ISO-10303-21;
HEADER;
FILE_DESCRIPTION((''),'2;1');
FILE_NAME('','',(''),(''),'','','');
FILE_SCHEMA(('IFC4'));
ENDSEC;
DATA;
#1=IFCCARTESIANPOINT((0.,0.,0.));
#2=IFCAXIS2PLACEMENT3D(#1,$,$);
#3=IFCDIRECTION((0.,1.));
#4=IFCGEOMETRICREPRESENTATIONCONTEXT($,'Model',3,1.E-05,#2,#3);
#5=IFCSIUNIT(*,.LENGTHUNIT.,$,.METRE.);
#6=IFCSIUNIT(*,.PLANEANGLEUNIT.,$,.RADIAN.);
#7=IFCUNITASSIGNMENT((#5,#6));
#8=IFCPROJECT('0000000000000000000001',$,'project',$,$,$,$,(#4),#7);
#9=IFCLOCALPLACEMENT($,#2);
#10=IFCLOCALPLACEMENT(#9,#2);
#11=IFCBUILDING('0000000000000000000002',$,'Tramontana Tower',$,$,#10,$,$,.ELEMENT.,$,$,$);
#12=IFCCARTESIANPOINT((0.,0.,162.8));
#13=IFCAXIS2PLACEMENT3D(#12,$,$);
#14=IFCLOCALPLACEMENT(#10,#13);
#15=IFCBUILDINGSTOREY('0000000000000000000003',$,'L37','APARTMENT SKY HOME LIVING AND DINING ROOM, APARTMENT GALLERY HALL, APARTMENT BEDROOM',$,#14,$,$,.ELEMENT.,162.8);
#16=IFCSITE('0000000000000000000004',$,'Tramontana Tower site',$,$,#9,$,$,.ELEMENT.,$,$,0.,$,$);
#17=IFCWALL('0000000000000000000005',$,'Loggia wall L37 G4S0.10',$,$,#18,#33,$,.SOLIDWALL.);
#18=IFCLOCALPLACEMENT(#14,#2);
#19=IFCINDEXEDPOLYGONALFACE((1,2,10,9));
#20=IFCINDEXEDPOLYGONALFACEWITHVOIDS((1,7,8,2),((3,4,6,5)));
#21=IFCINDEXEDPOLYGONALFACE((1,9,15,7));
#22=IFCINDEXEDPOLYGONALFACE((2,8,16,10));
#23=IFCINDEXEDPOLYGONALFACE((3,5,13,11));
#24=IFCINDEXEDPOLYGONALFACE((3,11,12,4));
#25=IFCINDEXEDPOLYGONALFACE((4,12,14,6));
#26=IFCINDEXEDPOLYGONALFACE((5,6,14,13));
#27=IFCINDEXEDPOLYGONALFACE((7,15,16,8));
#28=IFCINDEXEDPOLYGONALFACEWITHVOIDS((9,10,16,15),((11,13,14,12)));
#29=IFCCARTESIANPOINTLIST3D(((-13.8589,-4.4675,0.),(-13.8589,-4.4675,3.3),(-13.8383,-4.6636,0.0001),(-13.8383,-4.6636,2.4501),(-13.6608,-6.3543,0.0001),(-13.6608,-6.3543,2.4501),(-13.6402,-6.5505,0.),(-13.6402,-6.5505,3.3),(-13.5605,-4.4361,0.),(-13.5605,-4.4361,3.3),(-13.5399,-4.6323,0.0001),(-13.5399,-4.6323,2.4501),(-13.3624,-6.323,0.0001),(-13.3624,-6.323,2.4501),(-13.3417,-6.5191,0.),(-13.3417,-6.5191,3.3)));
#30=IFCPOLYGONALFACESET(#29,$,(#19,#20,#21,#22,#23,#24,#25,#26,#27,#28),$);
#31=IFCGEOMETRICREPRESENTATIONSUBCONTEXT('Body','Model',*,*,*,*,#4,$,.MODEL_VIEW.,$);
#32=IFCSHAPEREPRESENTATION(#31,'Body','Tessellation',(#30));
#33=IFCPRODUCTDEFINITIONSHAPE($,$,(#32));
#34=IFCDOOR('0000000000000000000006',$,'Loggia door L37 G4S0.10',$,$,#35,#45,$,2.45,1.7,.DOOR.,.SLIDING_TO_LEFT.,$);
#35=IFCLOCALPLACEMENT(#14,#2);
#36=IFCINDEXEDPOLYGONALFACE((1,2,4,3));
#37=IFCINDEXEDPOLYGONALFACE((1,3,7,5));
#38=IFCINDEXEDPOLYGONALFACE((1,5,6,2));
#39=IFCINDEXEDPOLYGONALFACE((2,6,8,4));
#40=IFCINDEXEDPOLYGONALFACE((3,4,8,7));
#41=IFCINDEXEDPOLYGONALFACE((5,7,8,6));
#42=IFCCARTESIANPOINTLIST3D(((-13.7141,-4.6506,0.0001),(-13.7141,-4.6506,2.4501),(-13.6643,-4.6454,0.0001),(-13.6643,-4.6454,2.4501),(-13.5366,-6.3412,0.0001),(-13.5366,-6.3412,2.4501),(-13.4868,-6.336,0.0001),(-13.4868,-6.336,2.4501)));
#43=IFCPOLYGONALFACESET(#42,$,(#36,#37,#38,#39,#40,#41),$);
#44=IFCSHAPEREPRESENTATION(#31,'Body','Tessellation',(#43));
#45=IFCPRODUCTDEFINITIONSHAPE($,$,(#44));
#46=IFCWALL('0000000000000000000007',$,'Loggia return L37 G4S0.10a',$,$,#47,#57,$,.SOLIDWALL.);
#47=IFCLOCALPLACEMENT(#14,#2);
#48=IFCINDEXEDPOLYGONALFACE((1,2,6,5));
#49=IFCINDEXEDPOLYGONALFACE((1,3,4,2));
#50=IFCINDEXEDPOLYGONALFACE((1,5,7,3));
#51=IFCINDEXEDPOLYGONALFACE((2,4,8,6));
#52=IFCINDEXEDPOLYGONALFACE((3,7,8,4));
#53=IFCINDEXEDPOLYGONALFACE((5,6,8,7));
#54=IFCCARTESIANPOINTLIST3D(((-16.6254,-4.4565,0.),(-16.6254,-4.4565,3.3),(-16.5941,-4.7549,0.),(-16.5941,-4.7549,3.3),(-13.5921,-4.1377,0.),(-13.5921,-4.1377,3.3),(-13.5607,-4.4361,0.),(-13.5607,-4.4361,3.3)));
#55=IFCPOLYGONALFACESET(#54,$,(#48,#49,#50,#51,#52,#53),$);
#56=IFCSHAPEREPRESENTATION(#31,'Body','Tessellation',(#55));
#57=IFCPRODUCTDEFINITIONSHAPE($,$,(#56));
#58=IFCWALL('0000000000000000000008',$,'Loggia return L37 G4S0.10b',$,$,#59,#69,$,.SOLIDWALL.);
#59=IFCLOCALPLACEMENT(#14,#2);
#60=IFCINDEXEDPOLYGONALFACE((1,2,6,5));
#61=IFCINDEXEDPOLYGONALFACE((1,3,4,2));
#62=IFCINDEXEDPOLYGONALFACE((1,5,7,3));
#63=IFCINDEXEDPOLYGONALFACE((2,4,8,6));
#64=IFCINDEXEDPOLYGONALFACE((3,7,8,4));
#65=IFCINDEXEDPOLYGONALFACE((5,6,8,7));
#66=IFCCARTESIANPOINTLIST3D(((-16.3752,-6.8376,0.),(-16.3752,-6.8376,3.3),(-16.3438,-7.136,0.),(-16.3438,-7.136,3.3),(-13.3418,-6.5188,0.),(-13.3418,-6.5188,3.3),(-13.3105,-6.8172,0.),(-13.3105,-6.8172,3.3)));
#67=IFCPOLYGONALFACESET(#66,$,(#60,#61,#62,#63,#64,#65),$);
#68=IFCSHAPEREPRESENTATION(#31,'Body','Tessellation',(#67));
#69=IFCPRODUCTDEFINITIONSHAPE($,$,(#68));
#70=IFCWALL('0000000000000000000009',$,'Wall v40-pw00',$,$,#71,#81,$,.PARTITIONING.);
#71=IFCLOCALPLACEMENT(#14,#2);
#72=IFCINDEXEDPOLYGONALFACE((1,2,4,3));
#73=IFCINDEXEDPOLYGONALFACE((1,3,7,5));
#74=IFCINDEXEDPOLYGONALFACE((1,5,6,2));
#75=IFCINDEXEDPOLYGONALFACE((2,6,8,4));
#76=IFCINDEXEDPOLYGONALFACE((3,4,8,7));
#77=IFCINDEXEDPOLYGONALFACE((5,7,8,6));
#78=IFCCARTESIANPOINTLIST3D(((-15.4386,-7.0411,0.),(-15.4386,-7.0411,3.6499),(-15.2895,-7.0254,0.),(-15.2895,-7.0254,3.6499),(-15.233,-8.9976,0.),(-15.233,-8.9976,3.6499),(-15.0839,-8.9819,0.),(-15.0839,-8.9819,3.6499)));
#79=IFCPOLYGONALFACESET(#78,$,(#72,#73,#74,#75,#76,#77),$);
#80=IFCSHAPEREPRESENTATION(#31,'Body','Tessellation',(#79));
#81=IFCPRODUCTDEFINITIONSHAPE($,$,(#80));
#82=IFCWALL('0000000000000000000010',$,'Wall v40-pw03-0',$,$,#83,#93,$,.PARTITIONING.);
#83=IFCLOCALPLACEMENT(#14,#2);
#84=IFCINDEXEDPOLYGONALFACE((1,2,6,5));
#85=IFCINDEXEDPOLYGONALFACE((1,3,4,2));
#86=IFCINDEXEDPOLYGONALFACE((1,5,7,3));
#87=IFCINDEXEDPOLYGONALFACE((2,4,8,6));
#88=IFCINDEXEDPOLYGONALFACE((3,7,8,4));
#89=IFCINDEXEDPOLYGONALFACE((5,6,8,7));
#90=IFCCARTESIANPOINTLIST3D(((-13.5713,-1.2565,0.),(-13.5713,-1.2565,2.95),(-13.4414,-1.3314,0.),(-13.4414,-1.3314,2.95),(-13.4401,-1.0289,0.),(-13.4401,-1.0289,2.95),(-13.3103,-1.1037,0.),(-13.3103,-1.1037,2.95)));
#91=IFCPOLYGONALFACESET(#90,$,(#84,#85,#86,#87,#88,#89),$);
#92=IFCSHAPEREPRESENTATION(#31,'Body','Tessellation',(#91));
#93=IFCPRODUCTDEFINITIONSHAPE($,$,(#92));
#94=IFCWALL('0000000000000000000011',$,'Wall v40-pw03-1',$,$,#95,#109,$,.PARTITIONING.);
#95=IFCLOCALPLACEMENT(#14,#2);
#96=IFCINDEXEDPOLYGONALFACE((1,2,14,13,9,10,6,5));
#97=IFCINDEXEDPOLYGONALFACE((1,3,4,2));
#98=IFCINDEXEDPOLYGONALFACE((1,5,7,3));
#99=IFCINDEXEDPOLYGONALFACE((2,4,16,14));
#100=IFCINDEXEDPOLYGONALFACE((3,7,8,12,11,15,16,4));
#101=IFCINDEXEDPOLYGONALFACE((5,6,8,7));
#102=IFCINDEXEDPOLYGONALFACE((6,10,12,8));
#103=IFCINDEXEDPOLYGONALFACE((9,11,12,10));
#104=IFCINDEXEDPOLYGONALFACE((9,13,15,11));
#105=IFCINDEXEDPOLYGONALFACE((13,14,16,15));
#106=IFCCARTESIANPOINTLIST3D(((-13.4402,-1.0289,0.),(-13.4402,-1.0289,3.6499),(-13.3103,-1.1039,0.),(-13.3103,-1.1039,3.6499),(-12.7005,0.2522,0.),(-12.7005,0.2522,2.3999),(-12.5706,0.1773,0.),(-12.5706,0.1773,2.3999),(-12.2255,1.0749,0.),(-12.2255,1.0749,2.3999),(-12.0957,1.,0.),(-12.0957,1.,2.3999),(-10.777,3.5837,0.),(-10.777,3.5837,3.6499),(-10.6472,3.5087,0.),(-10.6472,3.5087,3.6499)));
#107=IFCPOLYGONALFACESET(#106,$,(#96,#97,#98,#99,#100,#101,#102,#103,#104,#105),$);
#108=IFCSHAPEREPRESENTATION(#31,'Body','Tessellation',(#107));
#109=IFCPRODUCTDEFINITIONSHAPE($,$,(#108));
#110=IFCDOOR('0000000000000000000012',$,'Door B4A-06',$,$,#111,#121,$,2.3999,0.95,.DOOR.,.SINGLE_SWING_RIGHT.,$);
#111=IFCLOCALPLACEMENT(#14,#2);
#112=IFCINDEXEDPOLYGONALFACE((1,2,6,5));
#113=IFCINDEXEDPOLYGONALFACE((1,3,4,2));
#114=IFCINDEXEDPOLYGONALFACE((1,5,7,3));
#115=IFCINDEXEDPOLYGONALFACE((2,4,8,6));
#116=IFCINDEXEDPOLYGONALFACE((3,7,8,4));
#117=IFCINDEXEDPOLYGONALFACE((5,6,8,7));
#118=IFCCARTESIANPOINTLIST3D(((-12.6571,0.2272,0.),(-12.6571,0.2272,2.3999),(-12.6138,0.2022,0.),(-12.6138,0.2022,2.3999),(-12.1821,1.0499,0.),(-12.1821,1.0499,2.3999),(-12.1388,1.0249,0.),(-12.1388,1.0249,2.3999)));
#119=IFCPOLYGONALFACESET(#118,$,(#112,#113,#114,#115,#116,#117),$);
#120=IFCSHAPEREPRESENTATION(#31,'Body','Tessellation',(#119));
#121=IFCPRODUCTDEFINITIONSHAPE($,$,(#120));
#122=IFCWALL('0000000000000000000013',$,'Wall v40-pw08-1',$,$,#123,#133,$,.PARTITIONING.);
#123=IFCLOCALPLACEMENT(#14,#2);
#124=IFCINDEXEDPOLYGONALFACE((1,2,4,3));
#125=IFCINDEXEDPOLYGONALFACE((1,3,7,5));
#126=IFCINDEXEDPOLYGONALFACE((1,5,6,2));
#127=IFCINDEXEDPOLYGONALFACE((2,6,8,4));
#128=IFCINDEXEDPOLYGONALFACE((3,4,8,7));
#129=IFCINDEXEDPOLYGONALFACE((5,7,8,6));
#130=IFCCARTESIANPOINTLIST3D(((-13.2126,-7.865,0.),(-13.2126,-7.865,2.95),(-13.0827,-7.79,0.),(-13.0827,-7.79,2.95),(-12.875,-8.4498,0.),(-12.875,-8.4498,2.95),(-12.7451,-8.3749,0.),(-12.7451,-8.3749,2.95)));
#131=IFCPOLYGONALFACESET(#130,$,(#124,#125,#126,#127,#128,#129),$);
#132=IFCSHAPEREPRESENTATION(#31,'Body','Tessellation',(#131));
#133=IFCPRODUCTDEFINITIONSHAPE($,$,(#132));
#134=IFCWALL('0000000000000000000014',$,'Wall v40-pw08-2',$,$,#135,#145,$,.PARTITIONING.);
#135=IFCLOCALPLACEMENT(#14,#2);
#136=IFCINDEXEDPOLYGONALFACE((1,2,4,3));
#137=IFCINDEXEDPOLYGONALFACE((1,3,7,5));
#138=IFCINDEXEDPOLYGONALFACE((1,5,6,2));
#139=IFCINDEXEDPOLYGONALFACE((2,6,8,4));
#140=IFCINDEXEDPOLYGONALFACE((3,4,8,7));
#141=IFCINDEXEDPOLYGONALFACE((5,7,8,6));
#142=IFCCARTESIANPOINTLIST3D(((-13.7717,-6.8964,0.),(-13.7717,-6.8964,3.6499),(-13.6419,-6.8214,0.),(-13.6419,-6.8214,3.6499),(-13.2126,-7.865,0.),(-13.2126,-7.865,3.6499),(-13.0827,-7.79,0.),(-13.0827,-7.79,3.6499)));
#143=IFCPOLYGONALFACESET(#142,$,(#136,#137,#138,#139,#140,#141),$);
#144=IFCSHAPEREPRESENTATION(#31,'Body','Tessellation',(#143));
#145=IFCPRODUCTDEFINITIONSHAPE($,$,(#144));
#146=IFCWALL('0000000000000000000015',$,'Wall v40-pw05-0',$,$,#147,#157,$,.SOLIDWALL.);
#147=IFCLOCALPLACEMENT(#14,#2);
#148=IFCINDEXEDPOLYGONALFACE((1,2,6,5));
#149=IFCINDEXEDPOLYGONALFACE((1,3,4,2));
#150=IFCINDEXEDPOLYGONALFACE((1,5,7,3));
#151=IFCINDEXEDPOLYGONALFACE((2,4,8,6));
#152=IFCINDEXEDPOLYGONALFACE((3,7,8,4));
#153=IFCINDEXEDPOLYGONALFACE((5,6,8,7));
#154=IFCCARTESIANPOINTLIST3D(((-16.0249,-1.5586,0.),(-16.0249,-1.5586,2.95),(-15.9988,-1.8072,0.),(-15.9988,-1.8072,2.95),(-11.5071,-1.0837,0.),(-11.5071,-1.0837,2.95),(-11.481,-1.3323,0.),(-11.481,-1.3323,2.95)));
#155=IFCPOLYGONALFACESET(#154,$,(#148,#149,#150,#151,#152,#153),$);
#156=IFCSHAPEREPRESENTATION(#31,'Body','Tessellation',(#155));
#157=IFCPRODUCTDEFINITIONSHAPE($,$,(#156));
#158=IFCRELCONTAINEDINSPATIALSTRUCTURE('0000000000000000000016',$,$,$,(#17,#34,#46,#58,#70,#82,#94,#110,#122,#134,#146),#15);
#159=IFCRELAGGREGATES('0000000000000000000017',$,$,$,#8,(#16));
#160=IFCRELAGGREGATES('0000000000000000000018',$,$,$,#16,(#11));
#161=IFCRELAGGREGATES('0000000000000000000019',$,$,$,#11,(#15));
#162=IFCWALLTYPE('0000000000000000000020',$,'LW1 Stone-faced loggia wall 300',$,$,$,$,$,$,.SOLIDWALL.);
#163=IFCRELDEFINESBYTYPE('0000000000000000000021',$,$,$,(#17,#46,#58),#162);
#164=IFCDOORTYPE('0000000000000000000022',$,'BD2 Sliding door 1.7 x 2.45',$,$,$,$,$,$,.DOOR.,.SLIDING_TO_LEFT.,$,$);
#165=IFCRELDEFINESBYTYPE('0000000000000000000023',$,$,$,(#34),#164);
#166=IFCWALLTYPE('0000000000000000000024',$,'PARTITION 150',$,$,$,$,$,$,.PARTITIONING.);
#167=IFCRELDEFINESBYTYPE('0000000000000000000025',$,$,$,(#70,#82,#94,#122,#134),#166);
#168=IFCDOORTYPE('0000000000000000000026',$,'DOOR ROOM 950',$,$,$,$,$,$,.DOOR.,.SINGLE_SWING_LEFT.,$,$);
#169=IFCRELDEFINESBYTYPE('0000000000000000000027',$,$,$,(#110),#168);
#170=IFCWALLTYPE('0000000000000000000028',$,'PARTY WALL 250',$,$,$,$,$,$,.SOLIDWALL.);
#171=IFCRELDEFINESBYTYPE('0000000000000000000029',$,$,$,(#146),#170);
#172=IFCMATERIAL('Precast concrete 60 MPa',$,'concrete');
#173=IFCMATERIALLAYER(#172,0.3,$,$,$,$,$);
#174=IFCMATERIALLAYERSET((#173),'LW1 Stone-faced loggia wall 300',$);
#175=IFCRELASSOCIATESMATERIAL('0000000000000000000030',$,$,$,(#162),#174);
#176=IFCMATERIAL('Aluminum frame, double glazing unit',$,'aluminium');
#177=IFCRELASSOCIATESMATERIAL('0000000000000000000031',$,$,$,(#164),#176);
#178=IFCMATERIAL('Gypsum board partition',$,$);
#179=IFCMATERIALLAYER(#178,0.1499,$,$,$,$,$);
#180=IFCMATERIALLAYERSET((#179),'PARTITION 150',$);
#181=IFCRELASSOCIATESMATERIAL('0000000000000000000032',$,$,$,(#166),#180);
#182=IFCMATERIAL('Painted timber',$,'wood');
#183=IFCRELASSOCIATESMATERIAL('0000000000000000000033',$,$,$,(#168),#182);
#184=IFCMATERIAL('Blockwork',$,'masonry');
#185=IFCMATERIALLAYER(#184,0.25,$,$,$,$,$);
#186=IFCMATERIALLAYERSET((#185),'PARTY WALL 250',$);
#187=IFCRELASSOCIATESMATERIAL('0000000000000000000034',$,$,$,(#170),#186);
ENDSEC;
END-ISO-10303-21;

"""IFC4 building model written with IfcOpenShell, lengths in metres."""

from ifc_helpers import new_model, si_unit, direction, frame, frame_2d, origin, place, context, subcontext, project, spatial, rectangle, extrude, material, layer, layer_set, type_object, element, fill, save


model = new_model("IFC4")

# Units and contexts
model_context = context("Model", 3, precision=1e-05, world=origin(), true_north=direction((0.0, 1.0)))
body_context = subcontext(model_context, "Body", "Model", "MODEL_VIEW")
ifc_project = project(units=[si_unit("LENGTHUNIT", "METRE"), si_unit("PLANEANGLEUNIT", "RADIAN")], contexts=[model_context])

# Site, building, storey
site_placement = place(None, origin())
site = spatial("IfcSite", under=ifc_project, at=site_placement, Name="Tramontana Tower site", CompositionType="ELEMENT", RefElevation=0.0)
building_placement = place(site_placement, origin())
building = spatial("IfcBuilding", under=site, at=building_placement, Name="Tramontana Tower", CompositionType="ELEMENT")
storey_placement = place(building_placement, frame((0.0, 0.0, 162.8)))
storey = spatial("IfcBuildingStorey", under=building, at=storey_placement, Name="L37", Description="APARTMENT SKY HOME LIVING AND DINING ROOM, APARTMENT GALLERY HALL, APARTMENT BEDROOM", CompositionType="ELEMENT", Elevation=162.8)

# Wall, opening, door
ifc_material_1 = material(Name="Precast concrete 60 MPa", Category="concrete")
ifc_layer_1 = layer(ifc_material_1, 0.3)
ifc_layer_set_1 = layer_set([ifc_layer_1], Name="LW1 Stone-faced loggia wall 300")
wall_type_1 = type_object("IfcWallType", Name="LW1 Stone-faced loggia wall 300", PredefinedType="SOLIDWALL", material=ifc_layer_set_1)
wall_1_placement = place(storey_placement, frame((-13.7097, -4.4517, 0.0), z_axis=(0.0, 0.0, 1.0), x_axis=(0.104442, -0.994531, 0.0)))
wall_1 = element("IfcWall", 1, at=wall_1_placement, inside=storey, type_object=wall_type_1, Name="Loggia wall L37 G4S0.10", PredefinedType="SOLIDWALL", context=body_context, shape_type="SweptSolid", body=[
    extrude(rectangle(XDim=2.0945, YDim=0.3, at=frame_2d((1.0474, 0.0))), origin(), (0.0, 0.0, 1.0), 3.3),
])
opening_1_placement = place(wall_1_placement, frame((0.1973, 0.0, 0.0)))
opening_1 = element("IfcOpeningElement", 2, at=opening_1_placement, cuts=wall_1, PredefinedType="OPENING", context=body_context, shape_type="SweptSolid", body=[
    extrude(rectangle(XDim=1.7, YDim=2.45, at=frame_2d((0.8501, 1.2251))), frame((0.0, 0.1599, 0.0), z_axis=(0.0, -1.0, 0.0), x_axis=(1.0, 0.0, 0.0)), (0.0, 0.0, 1.0), 0.3201),
])
ifc_material_2 = material(Name="Aluminum frame, double glazing unit", Category="aluminium")
door_type_1 = type_object("IfcDoorType", Name="BD2 Sliding door 1.7 x 2.45", OperationType="SLIDING_TO_LEFT", PredefinedType="DOOR", material=ifc_material_2)
door_1_placement = place(opening_1_placement, origin())
door_1 = element("IfcDoor", 3, at=door_1_placement, inside=storey, type_object=door_type_1, Name="Loggia door L37 G4S0.10", OperationType="SLIDING_TO_LEFT", OverallHeight=2.45, OverallWidth=1.7, PredefinedType="DOOR", context=body_context, shape_type="SweptSolid", body=[
    extrude(rectangle(XDim=1.7, YDim=2.45, at=frame_2d((0.8501, 1.2251))), frame((0.0, 0.0249, 0.0), z_axis=(0.0, -1.0, 0.0), x_axis=(1.0, 0.0, 0.0)), (0.0, 0.0, 1.0), 0.05),
])
fill(opening_1, door_1)

# Walls
for number, where, z_axis, x_axis, name in (
    (4, (-16.6096, -4.6057, 0.0), (0.0, 0.0, 1.0), (0.994521, 0.104535, 0.0), "Loggia return L37 G4S0.10a"),
    (5, (-16.3594, -6.9868, 0.0), (0.0, 0.0, 1.0), (0.994521, 0.104535, 0.0), "Loggia return L37 G4S0.10b"),
):
    element("IfcWall", number, at=place(storey_placement, frame(where, z_axis=z_axis, x_axis=x_axis)), inside=storey, type_object=wall_type_1, Name=name, PredefinedType="SOLIDWALL", context=body_context, shape_type="SweptSolid", body=[
        extrude(rectangle(XDim=3.05, YDim=0.3, at=frame_2d((1.5249, 0.0))), origin(), (0.0, 0.0, 1.0), 3.3),
    ])
ifc_material_3 = material(Name="Gypsum board partition")
ifc_layer_2 = layer(ifc_material_3, 0.1499)
ifc_layer_set_2 = layer_set([ifc_layer_2], Name="PARTITION 150")
wall_type_2 = type_object("IfcWallType", Name="PARTITION 150", PredefinedType="PARTITIONING", material=ifc_layer_set_2)
wall_2_placement = place(storey_placement, frame((-15.1584, -8.9897, 0.0), z_axis=(0.0, 0.0, 1.0), x_axis=(-0.104491, 0.994526, 0.0)))
element("IfcWall", 6, at=wall_2_placement, inside=storey, type_object=wall_type_2, Name="Wall v40-pw00", PredefinedType="PARTITIONING", context=body_context, shape_type="SweptSolid", body=[
    extrude(rectangle(XDim=1.9673, YDim=0.1499, at=frame_2d((0.9836, 0.0))), origin(), (0.0, 0.0, 1.0), 3.6499),
])
wall_3_placement = place(storey_placement, frame((-13.5063, -1.2939, 0.0), z_axis=(0.0, 0.0, 1.0), x_axis=(0.499239, 0.866464, 0.0)))
element("IfcWall", 7, at=wall_3_placement, inside=storey, type_object=wall_type_2, Name="Wall v40-pw03-0", PredefinedType="PARTITIONING", context=body_context, shape_type="SweptSolid", body=[
    extrude(rectangle(XDim=0.2627, YDim=0.1499, at=frame_2d((0.1313, 0.0))), origin(), (0.0, 0.0, 1.0), 2.95),
])

# Wall, opening, door
wall_4_placement = place(storey_placement, frame((-13.3752, -1.0664, 0.0), z_axis=(0.0, 0.0, 1.0), x_axis=(0.500004, 0.866023, 0.0)))
wall_4 = element("IfcWall", 8, at=wall_4_placement, inside=storey, type_object=wall_type_2, Name="Wall v40-pw03-1", PredefinedType="PARTITIONING", context=body_context, shape_type="SweptSolid", body=[
    extrude(rectangle(XDim=5.3262, YDim=0.1499, at=frame_2d((2.6631, 0.0))), origin(), (0.0, 0.0, 1.0), 3.6499),
])
opening_2_placement = place(wall_4_placement, frame((1.4792, 0.0, 0.0)))
opening_2 = element("IfcOpeningElement", 9, at=opening_2_placement, cuts=wall_4, PredefinedType="OPENING", context=body_context, shape_type="SweptSolid", body=[
    extrude(rectangle(XDim=0.95, YDim=2.3999, at=frame_2d((0.4751, 1.2))), frame((0.0, 0.085, 0.0), z_axis=(0.0, -1.0, 0.0), x_axis=(1.0, 0.0, 0.0)), (0.0, 0.0, 1.0), 0.1699),
])
ifc_material_4 = material(Name="Painted timber", Category="wood")
door_type_2 = type_object("IfcDoorType", Name="DOOR ROOM 950", OperationType="SINGLE_SWING_LEFT", PredefinedType="DOOR", material=ifc_material_4)
door_2_placement = place(opening_2_placement, origin())
door_2 = element("IfcDoor", 10, at=door_2_placement, inside=storey, type_object=door_type_2, Name="Door B4A-06", OperationType="SINGLE_SWING_RIGHT", OverallHeight=2.3999, OverallWidth=0.95, PredefinedType="DOOR", context=body_context, shape_type="SweptSolid", body=[
    extrude(rectangle(XDim=0.95, YDim=2.3999, at=frame_2d((0.4751, 1.2))), frame((0.0, 0.0249, 0.0), z_axis=(0.0, -1.0, 0.0), x_axis=(1.0, 0.0, 0.0)), (0.0, 0.0, 1.0), 0.05),
])
fill(opening_2, door_2)

# Walls
wall_5_placement = place(storey_placement, frame((-12.8101, -8.4124, 0.0), z_axis=(0.0, 0.0, 1.0), x_axis=(-0.49991, 0.866077, 0.0)))
element("IfcWall", 11, at=wall_5_placement, inside=storey, type_object=wall_type_2, Name="Wall v40-pw08-1", PredefinedType="PARTITIONING", context=body_context, shape_type="SweptSolid", body=[
    extrude(rectangle(XDim=0.6753, YDim=0.1499, at=frame_2d((0.3376, 0.0))), origin(), (0.0, 0.0, 1.0), 2.95),
])
wall_6_placement = place(storey_placement, frame((-13.1477, -7.8274, 0.0), z_axis=(0.0, 0.0, 1.0), x_axis=(-0.499943, 0.866058, 0.0)))
element("IfcWall", 12, at=wall_6_placement, inside=storey, type_object=wall_type_2, Name="Wall v40-pw08-2", PredefinedType="PARTITIONING", context=body_context, shape_type="SweptSolid", body=[
    extrude(rectangle(XDim=1.1184, YDim=0.1499, at=frame_2d((0.5591, 0.0))), origin(), (0.0, 0.0, 1.0), 3.6499),
])
ifc_material_5 = material(Name="Blockwork", Category="masonry")
ifc_layer_3 = layer(ifc_material_5, 0.25)
ifc_layer_set_3 = layer_set([ifc_layer_3], Name="PARTY WALL 250")
wall_type_3 = type_object("IfcWallType", Name="PARTY WALL 250", PredefinedType="SOLIDWALL", material=ifc_layer_set_3)
wall_7_placement = place(storey_placement, frame((-11.4939, -1.208, 0.0), z_axis=(0.0, 0.0, 1.0), x_axis=(-0.994522, -0.104531, 0.0)))
element("IfcWall", 13, at=wall_7_placement, inside=storey, type_object=wall_type_3, Name="Wall v40-pw05-0", PredefinedType="SOLIDWALL", context=body_context, shape_type="SweptSolid", body=[
    extrude(rectangle(XDim=4.5427, YDim=0.25, at=frame_2d((2.2715, 0.0))), origin(), (0.0, 0.0, 1.0), 2.95),
])

save(model, "model.ifc")
